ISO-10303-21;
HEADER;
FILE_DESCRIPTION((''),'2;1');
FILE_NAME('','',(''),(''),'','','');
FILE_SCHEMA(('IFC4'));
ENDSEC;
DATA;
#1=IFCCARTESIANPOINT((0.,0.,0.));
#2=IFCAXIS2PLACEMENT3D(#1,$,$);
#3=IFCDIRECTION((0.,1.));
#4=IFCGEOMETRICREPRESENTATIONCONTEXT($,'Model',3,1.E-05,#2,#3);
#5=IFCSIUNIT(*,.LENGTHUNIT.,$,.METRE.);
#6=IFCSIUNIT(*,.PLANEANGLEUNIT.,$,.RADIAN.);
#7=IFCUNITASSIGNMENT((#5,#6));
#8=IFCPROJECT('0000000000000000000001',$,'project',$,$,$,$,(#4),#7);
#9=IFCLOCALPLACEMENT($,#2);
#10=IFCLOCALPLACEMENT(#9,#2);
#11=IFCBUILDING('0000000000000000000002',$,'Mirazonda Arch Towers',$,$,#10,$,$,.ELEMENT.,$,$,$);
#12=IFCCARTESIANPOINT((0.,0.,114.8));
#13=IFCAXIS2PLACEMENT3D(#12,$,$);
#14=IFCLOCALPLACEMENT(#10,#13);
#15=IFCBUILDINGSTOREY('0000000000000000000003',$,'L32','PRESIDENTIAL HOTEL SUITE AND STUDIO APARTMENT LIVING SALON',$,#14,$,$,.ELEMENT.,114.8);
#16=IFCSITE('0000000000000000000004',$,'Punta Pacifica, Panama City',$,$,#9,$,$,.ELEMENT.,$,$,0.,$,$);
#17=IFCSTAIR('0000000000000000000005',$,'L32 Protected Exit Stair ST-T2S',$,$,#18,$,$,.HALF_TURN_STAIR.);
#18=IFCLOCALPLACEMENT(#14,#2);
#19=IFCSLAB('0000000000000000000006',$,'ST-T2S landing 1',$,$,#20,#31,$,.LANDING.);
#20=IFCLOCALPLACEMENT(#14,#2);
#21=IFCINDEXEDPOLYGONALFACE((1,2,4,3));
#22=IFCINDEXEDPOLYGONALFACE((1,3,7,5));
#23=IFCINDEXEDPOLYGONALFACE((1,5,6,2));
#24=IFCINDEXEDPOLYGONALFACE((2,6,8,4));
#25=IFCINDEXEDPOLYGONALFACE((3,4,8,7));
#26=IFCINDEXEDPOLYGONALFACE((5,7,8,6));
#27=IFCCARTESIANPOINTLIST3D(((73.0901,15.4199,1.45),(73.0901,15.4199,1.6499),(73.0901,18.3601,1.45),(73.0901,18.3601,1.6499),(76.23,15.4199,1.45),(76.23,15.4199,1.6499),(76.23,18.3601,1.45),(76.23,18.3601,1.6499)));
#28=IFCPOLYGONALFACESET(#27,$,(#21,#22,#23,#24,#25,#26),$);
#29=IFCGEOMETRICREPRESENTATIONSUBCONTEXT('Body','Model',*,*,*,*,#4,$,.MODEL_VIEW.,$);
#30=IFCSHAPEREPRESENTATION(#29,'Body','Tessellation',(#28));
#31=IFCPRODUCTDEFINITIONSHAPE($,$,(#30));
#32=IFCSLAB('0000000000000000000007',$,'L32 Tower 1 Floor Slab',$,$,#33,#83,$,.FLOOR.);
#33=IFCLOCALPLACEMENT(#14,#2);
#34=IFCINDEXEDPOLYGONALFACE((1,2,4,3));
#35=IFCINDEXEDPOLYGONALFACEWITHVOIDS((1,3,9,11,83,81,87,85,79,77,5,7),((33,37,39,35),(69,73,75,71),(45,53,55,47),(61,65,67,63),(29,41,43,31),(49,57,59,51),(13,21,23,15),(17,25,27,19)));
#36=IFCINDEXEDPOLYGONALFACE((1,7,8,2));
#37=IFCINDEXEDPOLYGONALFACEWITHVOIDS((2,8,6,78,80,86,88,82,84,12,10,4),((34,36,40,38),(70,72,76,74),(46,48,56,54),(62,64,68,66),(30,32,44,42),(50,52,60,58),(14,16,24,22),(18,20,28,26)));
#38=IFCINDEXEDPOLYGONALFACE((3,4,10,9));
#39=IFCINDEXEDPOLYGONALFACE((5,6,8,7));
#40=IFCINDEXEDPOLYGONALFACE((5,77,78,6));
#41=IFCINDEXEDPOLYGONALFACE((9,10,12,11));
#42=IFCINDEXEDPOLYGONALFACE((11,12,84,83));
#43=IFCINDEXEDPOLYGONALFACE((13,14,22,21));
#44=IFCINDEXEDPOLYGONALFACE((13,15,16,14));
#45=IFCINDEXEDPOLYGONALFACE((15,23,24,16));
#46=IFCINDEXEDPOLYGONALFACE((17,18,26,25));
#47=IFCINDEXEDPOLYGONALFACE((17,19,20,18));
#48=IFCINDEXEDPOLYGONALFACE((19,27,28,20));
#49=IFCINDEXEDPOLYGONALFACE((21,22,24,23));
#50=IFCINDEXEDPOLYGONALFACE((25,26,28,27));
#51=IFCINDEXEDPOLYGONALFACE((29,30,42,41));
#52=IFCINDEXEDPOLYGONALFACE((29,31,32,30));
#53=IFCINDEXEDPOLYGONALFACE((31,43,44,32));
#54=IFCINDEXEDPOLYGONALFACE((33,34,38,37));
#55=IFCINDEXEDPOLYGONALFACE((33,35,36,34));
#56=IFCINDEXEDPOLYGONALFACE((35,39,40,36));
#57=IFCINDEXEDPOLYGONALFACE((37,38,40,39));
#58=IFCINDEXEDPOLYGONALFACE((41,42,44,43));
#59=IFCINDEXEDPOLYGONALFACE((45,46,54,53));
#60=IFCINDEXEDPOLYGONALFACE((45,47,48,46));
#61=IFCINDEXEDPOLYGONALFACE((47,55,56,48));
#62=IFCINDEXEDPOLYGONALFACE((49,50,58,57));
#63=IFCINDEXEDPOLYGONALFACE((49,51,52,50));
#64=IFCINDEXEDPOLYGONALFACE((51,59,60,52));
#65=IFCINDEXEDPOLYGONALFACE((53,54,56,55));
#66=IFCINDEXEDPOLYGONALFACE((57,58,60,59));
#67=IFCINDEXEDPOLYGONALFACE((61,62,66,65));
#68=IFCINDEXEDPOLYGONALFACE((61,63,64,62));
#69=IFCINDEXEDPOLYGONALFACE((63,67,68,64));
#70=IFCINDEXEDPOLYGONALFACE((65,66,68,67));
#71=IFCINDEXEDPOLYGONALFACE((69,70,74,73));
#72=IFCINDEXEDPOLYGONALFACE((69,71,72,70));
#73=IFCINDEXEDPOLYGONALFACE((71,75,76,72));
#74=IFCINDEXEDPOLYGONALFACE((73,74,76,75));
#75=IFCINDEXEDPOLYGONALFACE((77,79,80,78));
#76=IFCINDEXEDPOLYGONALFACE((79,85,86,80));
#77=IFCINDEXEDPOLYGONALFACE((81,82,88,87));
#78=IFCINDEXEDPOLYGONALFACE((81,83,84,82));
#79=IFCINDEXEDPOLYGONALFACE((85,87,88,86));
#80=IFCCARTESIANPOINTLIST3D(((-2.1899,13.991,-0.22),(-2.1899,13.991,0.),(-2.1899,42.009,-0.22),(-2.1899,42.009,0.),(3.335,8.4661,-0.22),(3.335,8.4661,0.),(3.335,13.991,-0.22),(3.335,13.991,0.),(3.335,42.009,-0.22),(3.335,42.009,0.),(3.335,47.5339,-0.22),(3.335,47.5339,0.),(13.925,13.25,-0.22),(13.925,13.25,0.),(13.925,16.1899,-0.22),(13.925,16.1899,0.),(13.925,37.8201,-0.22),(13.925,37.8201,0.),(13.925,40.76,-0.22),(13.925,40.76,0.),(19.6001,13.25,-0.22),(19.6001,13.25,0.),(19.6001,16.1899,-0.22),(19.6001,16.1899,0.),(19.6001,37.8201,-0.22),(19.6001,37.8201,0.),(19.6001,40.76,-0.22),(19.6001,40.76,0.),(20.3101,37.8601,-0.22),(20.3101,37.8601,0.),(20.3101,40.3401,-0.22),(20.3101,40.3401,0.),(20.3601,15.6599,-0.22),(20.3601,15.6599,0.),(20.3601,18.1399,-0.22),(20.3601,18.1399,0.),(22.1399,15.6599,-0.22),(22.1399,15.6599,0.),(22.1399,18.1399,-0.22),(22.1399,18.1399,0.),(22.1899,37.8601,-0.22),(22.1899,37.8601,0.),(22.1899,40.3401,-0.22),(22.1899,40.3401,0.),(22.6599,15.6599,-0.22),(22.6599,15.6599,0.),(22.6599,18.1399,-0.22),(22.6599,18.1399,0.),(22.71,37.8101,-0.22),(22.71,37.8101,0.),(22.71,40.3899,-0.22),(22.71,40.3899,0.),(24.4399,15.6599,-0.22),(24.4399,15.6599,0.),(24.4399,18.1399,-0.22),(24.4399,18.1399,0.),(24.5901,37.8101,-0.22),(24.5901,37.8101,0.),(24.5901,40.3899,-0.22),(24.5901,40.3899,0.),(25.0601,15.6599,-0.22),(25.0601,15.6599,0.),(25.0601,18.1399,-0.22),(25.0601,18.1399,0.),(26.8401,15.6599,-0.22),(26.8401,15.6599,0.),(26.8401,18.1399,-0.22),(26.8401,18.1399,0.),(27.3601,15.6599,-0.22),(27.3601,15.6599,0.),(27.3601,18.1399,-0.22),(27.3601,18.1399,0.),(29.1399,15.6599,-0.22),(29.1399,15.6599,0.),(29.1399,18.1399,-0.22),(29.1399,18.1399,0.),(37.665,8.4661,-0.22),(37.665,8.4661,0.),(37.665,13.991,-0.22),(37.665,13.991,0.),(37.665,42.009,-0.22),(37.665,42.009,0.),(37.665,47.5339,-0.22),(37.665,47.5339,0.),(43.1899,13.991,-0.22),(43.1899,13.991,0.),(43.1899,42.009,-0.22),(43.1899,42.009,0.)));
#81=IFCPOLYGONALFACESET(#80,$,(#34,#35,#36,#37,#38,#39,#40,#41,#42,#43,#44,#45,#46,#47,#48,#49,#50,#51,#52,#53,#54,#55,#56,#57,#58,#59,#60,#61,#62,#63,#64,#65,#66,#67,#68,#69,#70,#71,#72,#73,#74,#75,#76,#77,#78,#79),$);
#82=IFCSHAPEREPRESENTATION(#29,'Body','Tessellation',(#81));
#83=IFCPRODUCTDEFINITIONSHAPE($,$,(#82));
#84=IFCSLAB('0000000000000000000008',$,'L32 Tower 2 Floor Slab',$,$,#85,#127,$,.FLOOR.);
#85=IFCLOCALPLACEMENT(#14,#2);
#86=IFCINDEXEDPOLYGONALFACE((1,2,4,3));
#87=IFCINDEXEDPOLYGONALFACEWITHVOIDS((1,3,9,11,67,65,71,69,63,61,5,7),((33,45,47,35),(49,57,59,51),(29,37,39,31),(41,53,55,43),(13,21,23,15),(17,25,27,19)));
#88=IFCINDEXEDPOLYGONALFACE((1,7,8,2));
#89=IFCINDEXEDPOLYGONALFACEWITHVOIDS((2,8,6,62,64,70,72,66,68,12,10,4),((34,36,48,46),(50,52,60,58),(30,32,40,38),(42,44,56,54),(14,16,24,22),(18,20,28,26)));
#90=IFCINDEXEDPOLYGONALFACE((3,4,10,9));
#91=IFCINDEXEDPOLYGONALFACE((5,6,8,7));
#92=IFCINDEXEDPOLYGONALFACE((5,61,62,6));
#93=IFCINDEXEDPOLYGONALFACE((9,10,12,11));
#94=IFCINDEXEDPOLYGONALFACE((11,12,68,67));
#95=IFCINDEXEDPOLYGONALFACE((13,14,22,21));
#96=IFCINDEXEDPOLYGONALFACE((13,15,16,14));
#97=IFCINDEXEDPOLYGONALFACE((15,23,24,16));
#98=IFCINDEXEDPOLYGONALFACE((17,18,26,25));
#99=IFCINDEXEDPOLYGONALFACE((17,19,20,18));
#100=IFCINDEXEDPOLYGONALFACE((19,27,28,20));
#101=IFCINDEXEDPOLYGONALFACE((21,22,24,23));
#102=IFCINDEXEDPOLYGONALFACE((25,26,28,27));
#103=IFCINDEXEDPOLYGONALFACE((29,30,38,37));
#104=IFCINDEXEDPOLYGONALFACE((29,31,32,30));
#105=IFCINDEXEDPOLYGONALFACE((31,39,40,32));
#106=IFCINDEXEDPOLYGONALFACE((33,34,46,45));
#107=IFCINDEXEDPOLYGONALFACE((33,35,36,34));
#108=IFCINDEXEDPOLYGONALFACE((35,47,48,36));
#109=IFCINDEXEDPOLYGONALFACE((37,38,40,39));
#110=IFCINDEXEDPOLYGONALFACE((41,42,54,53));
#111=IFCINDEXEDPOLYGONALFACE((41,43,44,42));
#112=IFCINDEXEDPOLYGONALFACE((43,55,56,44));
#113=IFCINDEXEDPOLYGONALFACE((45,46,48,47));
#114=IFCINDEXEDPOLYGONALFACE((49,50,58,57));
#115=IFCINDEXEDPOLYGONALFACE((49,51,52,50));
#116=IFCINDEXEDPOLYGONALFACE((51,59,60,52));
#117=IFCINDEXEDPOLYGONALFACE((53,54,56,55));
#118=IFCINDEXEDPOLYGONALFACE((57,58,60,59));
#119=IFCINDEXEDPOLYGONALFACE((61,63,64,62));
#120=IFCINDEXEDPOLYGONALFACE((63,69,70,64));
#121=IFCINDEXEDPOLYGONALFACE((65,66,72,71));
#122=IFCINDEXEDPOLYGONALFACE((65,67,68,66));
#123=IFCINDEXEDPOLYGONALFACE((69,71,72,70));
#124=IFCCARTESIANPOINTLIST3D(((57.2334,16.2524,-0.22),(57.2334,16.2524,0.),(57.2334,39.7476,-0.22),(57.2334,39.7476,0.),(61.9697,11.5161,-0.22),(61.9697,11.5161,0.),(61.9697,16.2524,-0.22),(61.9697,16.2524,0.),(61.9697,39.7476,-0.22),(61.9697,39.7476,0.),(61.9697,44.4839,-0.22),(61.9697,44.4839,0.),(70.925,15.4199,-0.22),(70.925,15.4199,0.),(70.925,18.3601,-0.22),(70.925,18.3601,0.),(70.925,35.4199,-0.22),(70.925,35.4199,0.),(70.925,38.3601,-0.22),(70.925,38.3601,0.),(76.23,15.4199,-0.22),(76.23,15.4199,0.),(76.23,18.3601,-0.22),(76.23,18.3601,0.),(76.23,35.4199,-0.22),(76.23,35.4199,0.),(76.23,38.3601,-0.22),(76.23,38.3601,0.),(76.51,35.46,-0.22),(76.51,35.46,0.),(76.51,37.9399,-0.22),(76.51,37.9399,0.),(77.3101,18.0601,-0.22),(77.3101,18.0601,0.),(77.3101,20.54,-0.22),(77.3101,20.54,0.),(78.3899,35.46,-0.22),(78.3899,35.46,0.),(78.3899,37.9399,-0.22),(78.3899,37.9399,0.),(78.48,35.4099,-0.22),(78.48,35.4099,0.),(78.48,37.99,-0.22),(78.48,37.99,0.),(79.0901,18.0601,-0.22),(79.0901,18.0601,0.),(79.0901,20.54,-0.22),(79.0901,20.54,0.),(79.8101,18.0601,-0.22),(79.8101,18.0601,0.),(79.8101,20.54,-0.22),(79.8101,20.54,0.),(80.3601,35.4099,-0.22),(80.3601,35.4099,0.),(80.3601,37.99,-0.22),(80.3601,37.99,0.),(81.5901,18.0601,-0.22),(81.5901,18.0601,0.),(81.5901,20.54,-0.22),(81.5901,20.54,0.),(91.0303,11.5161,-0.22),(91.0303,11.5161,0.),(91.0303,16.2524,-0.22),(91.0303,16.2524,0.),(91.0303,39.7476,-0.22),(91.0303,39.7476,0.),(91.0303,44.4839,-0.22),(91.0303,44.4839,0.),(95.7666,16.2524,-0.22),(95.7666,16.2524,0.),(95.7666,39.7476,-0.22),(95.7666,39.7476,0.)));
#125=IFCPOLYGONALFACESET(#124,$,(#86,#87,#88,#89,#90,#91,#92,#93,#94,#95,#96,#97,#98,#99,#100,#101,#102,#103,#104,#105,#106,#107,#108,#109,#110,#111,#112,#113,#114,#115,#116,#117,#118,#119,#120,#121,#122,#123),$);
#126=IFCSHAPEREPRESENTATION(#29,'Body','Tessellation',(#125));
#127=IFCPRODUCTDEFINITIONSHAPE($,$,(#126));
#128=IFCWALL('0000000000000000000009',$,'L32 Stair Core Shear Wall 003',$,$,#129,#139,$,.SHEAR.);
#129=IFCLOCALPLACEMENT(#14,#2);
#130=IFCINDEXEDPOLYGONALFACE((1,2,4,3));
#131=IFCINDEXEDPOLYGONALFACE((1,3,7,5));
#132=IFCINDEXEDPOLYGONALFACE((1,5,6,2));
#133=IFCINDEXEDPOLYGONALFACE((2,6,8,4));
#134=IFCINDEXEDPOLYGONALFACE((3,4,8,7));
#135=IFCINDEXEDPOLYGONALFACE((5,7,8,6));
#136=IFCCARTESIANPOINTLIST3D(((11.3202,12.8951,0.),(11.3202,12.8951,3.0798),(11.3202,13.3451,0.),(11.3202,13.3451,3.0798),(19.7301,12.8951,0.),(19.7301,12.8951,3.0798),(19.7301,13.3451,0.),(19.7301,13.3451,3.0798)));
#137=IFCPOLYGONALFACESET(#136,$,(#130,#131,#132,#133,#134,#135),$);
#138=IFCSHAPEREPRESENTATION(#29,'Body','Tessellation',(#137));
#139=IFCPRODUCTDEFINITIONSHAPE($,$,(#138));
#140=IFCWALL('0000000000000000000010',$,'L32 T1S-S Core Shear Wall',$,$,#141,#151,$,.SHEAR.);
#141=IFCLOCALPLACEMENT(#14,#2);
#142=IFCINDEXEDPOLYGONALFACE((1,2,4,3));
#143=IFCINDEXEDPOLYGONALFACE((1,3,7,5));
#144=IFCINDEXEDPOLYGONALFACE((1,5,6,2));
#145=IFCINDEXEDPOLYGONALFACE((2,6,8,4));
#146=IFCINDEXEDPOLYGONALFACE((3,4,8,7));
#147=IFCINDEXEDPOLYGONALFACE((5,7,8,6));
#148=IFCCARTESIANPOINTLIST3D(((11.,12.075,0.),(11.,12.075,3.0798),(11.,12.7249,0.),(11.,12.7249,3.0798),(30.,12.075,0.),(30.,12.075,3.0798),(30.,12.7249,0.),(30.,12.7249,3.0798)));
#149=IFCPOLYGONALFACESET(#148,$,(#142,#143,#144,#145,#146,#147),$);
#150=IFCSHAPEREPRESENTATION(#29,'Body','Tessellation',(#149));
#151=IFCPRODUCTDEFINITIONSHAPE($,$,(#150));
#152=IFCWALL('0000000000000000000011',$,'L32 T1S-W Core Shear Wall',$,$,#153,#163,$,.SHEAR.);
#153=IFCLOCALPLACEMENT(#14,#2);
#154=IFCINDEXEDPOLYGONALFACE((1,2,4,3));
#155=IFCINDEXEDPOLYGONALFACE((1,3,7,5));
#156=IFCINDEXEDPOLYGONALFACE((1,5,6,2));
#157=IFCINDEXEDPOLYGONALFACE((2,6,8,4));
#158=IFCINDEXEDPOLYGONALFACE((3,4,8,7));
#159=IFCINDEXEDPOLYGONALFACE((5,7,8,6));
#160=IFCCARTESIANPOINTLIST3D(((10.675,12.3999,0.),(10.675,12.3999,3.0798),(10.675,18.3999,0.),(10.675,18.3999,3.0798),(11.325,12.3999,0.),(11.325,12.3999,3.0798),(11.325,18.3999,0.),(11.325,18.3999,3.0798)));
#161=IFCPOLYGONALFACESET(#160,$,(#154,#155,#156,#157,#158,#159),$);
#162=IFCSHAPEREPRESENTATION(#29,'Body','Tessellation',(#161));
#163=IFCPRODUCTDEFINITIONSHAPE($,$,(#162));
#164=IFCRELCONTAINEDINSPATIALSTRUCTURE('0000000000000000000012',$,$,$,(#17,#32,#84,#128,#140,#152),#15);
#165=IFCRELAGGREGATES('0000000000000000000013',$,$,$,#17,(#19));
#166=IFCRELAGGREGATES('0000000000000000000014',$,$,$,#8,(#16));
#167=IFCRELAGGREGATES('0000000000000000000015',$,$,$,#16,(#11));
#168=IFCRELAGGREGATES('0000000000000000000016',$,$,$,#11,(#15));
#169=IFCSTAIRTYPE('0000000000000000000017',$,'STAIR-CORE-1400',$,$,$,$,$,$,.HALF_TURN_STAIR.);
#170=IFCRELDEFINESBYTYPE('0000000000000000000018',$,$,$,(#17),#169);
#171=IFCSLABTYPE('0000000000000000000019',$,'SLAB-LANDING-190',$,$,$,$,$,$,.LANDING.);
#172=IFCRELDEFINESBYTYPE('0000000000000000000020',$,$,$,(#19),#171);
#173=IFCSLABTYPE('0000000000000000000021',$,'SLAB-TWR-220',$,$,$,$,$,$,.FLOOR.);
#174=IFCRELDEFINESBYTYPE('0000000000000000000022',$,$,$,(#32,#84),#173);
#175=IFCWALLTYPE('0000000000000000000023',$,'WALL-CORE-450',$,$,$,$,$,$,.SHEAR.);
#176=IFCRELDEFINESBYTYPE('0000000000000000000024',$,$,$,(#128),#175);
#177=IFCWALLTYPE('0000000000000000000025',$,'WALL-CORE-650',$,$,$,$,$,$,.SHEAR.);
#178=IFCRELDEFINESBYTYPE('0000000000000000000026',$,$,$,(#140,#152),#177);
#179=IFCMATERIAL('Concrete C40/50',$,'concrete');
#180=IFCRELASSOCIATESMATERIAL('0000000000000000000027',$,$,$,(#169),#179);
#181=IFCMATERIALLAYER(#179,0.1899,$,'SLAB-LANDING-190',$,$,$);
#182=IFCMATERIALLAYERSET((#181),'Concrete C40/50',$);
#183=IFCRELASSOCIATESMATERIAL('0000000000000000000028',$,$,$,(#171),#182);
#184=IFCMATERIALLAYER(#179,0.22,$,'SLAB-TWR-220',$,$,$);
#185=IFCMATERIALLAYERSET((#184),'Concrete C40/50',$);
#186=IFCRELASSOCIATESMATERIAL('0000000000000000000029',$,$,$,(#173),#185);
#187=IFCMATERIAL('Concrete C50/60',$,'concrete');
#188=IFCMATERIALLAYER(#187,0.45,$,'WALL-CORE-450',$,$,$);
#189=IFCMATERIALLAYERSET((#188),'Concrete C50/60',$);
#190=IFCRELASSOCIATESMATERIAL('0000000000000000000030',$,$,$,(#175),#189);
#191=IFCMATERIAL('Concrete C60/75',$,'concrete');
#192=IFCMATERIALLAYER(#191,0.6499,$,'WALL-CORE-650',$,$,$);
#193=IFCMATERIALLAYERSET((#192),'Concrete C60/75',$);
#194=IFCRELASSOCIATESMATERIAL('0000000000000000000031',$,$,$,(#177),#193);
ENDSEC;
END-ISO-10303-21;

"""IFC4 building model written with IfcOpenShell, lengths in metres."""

from ifc_helpers import new_model, si_unit, direction, frame, frame_2d, origin, place, context, subcontext, project, spatial, polyline, rectangle, outline, extrude, material, layer, layer_set, type_object, element, aggregate, save


model = new_model("IFC4")

# Units and contexts
model_context = context("Model", 3, precision=1e-05, world=origin(), true_north=direction((0.0, 1.0)))
body_context = subcontext(model_context, "Body", "Model", "MODEL_VIEW")
ifc_project = project(units=[si_unit("LENGTHUNIT", "METRE"), si_unit("PLANEANGLEUNIT", "RADIAN")], contexts=[model_context])

# Site, building, storey
site_placement = place(None, origin())
site = spatial("IfcSite", under=ifc_project, at=site_placement, Name="Punta Pacifica, Panama City", CompositionType="ELEMENT", RefElevation=0.0)
building_placement = place(site_placement, origin())
building = spatial("IfcBuilding", under=site, at=building_placement, Name="Mirazonda Arch Towers", CompositionType="ELEMENT")
storey_placement = place(building_placement, frame((0.0, 0.0, 114.8)))
storey = spatial("IfcBuildingStorey", under=building, at=storey_placement, Name="L32", Description="PRESIDENTIAL HOTEL SUITE AND STUDIO APARTMENT LIVING SALON", CompositionType="ELEMENT", Elevation=114.8)

# Shared definitions
ifc_material_1 = material(Name="Concrete C50/60", Category="concrete")

# Stair, slab
ifc_material_2 = material(Name="Concrete C40/50", Category="concrete")
stair_type = type_object("IfcStairType", Name="STAIR-CORE-1400", PredefinedType="HALF_TURN_STAIR", material=ifc_material_2)
ifc_layer_1 = layer(ifc_material_2, 0.1899, Name="SLAB-LANDING-190")
ifc_layer_set_1 = layer_set([ifc_layer_1], Name="Concrete C40/50")
slab_type_1 = type_object("IfcSlabType", Name="SLAB-LANDING-190", PredefinedType="LANDING", material=ifc_layer_set_1)
stair_1_placement = place(storey_placement, origin())
stair_1 = element("IfcStair", 1, at=stair_1_placement, inside=storey, type_object=stair_type, Name="L32 Protected Exit Stair ST-T2S", PredefinedType="HALF_TURN_STAIR")
slab_1_placement = place(storey_placement, frame((0.0, 0.0, 1.45)))
slab_1 = element("IfcSlab", 2, at=slab_1_placement, type_object=slab_type_1, Name="ST-T2S landing 1", PredefinedType="LANDING", context=body_context, shape_type="SweptSolid", body=[
    extrude(outline(polyline([(73.0901, 15.4199), (76.23, 15.4199), (76.23, 18.3601), (73.0901, 18.3601), (73.0901, 15.4199)])), origin(), (0.0, 0.0, 1.0), 0.2),
])
aggregate(stair_1, [slab_1])

# Slabs
ifc_layer_2 = layer(ifc_material_2, 0.22, Name="SLAB-TWR-220")
ifc_layer_set_2 = layer_set([ifc_layer_2], Name="Concrete C40/50")
slab_type_2 = type_object("IfcSlabType", Name="SLAB-TWR-220", PredefinedType="FLOOR", material=ifc_layer_set_2)
slab_2_placement = place(storey_placement, frame((0.0, 0.0, -0.22)))
element("IfcSlab", 3, at=slab_2_placement, inside=storey, type_object=slab_type_2, Name="L32 Tower 1 Floor Slab", PredefinedType="FLOOR", context=body_context, shape_type="SweptSolid", body=[
    extrude(outline(polyline([(3.335, 8.4661), (37.665, 8.4661), (37.665, 13.991), (43.1899, 13.991), (43.1899, 42.009), (37.665, 42.009), (37.665, 47.5339), (3.335, 47.5339), (3.335, 42.009), (-2.1899, 42.009), (-2.1899, 13.991), (3.335, 13.991), (3.335, 8.4661)]), holes=[polyline([(27.3601, 18.1399), (29.1399, 18.1399), (29.1399, 15.6599), (27.3601, 15.6599), (27.3601, 18.1399)]), polyline([(25.0601, 18.1399), (26.8401, 18.1399), (26.8401, 15.6599), (25.0601, 15.6599), (25.0601, 18.1399)]), polyline([(22.71, 40.3899), (24.5901, 40.3899), (24.5901, 37.8101), (22.71, 37.8101), (22.71, 40.3899)]), polyline([(22.6599, 18.1399), (24.4399, 18.1399), (24.4399, 15.6599), (22.6599, 15.6599), (22.6599, 18.1399)]), polyline([(20.3101, 40.3401), (22.1899, 40.3401), (22.1899, 37.8601), (20.3101, 37.8601), (20.3101, 40.3401)]), polyline([(20.3601, 18.1399), (22.1399, 18.1399), (22.1399, 15.6599), (20.3601, 15.6599), (20.3601, 18.1399)]), polyline([(13.925, 13.25), (13.925, 16.1899), (19.6001, 16.1899), (19.6001, 13.25), (13.925, 13.25)]), polyline([(13.925, 37.8201), (13.925, 40.76), (19.6001, 40.76), (19.6001, 37.8201), (13.925, 37.8201)])]), origin(), (0.0, 0.0, 1.0), 0.22),
])
slab_3_placement = place(storey_placement, frame((0.0, 0.0, -0.22)))
element("IfcSlab", 4, at=slab_3_placement, inside=storey, type_object=slab_type_2, Name="L32 Tower 2 Floor Slab", PredefinedType="FLOOR", context=body_context, shape_type="SweptSolid", body=[
    extrude(outline(polyline([(61.9697, 11.5161), (91.0303, 11.5161), (91.0303, 16.2524), (95.7666, 16.2524), (95.7666, 39.7476), (91.0303, 39.7476), (91.0303, 44.4839), (61.9697, 44.4839), (61.9697, 39.7476), (57.2334, 39.7476), (57.2334, 16.2524), (61.9697, 16.2524), (61.9697, 11.5161)]), holes=[polyline([(79.8101, 20.54), (81.5901, 20.54), (81.5901, 18.0601), (79.8101, 18.0601), (79.8101, 20.54)]), polyline([(78.48, 37.99), (80.3601, 37.99), (80.3601, 35.4099), (78.48, 35.4099), (78.48, 37.99)]), polyline([(77.3101, 20.54), (79.0901, 20.54), (79.0901, 18.0601), (77.3101, 18.0601), (77.3101, 20.54)]), polyline([(76.51, 35.46), (76.51, 37.9399), (78.3899, 37.9399), (78.3899, 35.46), (76.51, 35.46)]), polyline([(76.23, 15.4199), (70.925, 15.4199), (70.925, 18.3601), (76.23, 18.3601), (76.23, 15.4199)]), polyline([(70.925, 35.4199), (70.925, 38.3601), (76.23, 38.3601), (76.23, 35.4199), (70.925, 35.4199)])]), origin(), (0.0, 0.0, 1.0), 0.22),
])

# Walls
ifc_layer_3 = layer(ifc_material_1, 0.45, Name="WALL-CORE-450")
ifc_layer_set_3 = layer_set([ifc_layer_3], Name="Concrete C50/60")
wall_type_1 = type_object("IfcWallType", Name="WALL-CORE-450", PredefinedType="SHEAR", material=ifc_layer_set_3)
wall_1_placement = place(storey_placement, frame((11.3201, 13.1201, 0.0), z_axis=(0.0, 0.0, 1.0), x_axis=(1.0, 0.0, 0.0)))
element("IfcWall", 5, at=wall_1_placement, inside=storey, type_object=wall_type_1, Name="L32 Stair Core Shear Wall 003", PredefinedType="SHEAR", context=body_context, shape_type="SweptSolid", body=[
    extrude(rectangle(XDim=8.4099, YDim=0.45, at=frame_2d((4.2051, 0.0))), origin(), (0.0, 0.0, 1.0), 3.0798),
])
ifc_material_3 = material(Name="Concrete C60/75", Category="concrete")
ifc_layer_4 = layer(ifc_material_3, 0.6499, Name="WALL-CORE-650")
ifc_layer_set_4 = layer_set([ifc_layer_4], Name="Concrete C60/75")
wall_type_2 = type_object("IfcWallType", Name="WALL-CORE-650", PredefinedType="SHEAR", material=ifc_layer_set_4)
wall_2_placement = place(storey_placement, frame((11.0, 12.3999, 0.0), z_axis=(0.0, 0.0, 1.0), x_axis=(1.0, 0.0, 0.0)))
element("IfcWall", 6, at=wall_2_placement, inside=storey, type_object=wall_type_2, Name="L32 T1S-S Core Shear Wall", PredefinedType="SHEAR", context=body_context, shape_type="SweptSolid", body=[
    extrude(rectangle(XDim=19.0, YDim=0.6499, at=frame_2d((9.5, 0.0))), origin(), (0.0, 0.0, 1.0), 3.0798),
])
wall_3_placement = place(storey_placement, frame((11.0, 12.3999, 0.0), z_axis=(0.0, 0.0, 1.0), x_axis=(0.0, 1.0, 0.0)))
element("IfcWall", 7, at=wall_3_placement, inside=storey, type_object=wall_type_2, Name="L32 T1S-W Core Shear Wall", PredefinedType="SHEAR", context=body_context, shape_type="SweptSolid", body=[
    extrude(rectangle(XDim=6.0, YDim=0.6499, at=frame_2d((3.0, 0.0))), origin(), (0.0, 0.0, 1.0), 3.0798),
])

save(model, "model.ifc")
